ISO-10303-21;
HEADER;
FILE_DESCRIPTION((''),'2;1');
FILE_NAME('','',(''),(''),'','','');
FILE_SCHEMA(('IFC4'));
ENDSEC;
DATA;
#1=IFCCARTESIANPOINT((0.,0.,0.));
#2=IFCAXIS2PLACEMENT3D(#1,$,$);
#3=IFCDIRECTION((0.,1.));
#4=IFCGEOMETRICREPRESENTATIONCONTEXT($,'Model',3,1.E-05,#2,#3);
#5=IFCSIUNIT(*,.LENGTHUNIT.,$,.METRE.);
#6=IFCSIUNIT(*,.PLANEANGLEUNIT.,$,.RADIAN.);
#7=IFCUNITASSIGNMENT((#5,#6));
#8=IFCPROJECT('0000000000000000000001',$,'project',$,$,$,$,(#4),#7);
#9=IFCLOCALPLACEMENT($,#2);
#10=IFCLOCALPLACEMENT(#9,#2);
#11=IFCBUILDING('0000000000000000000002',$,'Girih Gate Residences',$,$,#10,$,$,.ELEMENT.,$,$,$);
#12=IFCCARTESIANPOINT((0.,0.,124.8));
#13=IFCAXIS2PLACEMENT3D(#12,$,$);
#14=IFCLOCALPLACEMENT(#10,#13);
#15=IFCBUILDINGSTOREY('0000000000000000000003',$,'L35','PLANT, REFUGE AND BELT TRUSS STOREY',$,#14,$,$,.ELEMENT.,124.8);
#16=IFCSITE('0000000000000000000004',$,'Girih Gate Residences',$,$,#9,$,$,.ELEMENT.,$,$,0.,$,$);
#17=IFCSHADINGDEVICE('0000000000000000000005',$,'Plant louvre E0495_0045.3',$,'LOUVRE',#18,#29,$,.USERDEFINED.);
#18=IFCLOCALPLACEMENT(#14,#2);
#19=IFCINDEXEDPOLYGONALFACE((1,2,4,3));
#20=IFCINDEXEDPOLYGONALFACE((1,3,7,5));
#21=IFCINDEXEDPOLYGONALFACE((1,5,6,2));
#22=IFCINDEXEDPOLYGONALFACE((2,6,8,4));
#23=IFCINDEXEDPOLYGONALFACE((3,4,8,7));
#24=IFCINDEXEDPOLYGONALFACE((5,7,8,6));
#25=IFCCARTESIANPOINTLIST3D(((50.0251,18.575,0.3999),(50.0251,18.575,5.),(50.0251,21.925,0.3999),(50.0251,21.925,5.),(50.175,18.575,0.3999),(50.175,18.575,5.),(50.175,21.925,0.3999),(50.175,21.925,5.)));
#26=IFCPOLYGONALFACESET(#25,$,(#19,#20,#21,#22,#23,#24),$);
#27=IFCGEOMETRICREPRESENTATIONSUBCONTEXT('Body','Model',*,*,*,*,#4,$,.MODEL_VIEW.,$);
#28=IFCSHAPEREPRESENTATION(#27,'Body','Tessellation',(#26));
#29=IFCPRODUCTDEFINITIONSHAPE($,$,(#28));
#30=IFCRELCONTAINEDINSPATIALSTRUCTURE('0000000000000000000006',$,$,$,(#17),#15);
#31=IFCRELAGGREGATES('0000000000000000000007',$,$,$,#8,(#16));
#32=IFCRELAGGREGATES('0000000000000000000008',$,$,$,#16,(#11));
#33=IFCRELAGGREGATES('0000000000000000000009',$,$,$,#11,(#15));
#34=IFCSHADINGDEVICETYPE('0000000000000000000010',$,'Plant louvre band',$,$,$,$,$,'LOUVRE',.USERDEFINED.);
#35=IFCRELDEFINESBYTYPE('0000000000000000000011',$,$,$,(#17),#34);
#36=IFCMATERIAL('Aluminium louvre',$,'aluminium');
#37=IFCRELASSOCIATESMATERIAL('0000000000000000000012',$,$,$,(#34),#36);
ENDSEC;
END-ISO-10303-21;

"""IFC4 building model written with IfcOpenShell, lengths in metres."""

from ifc_helpers import new_model, si_unit, direction, frame, origin, origin_2d, place, context, subcontext, project, spatial, rectangle, extrude, material, type_object, element, save


model = new_model("IFC4")

# Units and contexts
model_context = context("Model", 3, precision=1e-05, world=origin(), true_north=direction((0.0, 1.0)))
body_context = subcontext(model_context, "Body", "Model", "MODEL_VIEW")
ifc_project = project(units=[si_unit("LENGTHUNIT", "METRE"), si_unit("PLANEANGLEUNIT", "RADIAN")], contexts=[model_context])

# Site, building, storey
site_placement = place(None, origin())
site = spatial("IfcSite", under=ifc_project, at=site_placement, Name="Girih Gate Residences", CompositionType="ELEMENT", RefElevation=0.0)
building_placement = place(site_placement, origin())
building = spatial("IfcBuilding", under=site, at=building_placement, Name="Girih Gate Residences", CompositionType="ELEMENT")
storey_placement = place(building_placement, frame((0.0, 0.0, 124.8)))
storey = spatial("IfcBuildingStorey", under=building, at=storey_placement, Name="L35", Description="PLANT, REFUGE AND BELT TRUSS STOREY", CompositionType="ELEMENT", Elevation=124.8)

# Shading device
ifc_material_1 = material(Name="Aluminium louvre", Category="aluminium")
shading_device_type = type_object("IfcShadingDeviceType", Name="Plant louvre band", ElementType="LOUVRE", PredefinedType="USERDEFINED", material=ifc_material_1)
for number, where, z_axis, x_axis, name in (
    (1, (50.1001, 20.25, 0.3999), (0.0, 0.0, 1.0), (0.0, 1.0, 0.0), "Plant louvre E0495_0045.3"),
):
    element("IfcShadingDevice", number, at=place(storey_placement, frame(where, z_axis=z_axis, x_axis=x_axis)), inside=storey, type_object=shading_device_type, Name=name, ObjectType="LOUVRE", PredefinedType="USERDEFINED", context=body_context, shape_type="SweptSolid", body=[
        extrude(rectangle(XDim=3.3501, YDim=0.1499, at=origin_2d()), origin(), (0.0, 0.0, 1.0), 4.6001),
    ])

save(model, "model.ifc")
